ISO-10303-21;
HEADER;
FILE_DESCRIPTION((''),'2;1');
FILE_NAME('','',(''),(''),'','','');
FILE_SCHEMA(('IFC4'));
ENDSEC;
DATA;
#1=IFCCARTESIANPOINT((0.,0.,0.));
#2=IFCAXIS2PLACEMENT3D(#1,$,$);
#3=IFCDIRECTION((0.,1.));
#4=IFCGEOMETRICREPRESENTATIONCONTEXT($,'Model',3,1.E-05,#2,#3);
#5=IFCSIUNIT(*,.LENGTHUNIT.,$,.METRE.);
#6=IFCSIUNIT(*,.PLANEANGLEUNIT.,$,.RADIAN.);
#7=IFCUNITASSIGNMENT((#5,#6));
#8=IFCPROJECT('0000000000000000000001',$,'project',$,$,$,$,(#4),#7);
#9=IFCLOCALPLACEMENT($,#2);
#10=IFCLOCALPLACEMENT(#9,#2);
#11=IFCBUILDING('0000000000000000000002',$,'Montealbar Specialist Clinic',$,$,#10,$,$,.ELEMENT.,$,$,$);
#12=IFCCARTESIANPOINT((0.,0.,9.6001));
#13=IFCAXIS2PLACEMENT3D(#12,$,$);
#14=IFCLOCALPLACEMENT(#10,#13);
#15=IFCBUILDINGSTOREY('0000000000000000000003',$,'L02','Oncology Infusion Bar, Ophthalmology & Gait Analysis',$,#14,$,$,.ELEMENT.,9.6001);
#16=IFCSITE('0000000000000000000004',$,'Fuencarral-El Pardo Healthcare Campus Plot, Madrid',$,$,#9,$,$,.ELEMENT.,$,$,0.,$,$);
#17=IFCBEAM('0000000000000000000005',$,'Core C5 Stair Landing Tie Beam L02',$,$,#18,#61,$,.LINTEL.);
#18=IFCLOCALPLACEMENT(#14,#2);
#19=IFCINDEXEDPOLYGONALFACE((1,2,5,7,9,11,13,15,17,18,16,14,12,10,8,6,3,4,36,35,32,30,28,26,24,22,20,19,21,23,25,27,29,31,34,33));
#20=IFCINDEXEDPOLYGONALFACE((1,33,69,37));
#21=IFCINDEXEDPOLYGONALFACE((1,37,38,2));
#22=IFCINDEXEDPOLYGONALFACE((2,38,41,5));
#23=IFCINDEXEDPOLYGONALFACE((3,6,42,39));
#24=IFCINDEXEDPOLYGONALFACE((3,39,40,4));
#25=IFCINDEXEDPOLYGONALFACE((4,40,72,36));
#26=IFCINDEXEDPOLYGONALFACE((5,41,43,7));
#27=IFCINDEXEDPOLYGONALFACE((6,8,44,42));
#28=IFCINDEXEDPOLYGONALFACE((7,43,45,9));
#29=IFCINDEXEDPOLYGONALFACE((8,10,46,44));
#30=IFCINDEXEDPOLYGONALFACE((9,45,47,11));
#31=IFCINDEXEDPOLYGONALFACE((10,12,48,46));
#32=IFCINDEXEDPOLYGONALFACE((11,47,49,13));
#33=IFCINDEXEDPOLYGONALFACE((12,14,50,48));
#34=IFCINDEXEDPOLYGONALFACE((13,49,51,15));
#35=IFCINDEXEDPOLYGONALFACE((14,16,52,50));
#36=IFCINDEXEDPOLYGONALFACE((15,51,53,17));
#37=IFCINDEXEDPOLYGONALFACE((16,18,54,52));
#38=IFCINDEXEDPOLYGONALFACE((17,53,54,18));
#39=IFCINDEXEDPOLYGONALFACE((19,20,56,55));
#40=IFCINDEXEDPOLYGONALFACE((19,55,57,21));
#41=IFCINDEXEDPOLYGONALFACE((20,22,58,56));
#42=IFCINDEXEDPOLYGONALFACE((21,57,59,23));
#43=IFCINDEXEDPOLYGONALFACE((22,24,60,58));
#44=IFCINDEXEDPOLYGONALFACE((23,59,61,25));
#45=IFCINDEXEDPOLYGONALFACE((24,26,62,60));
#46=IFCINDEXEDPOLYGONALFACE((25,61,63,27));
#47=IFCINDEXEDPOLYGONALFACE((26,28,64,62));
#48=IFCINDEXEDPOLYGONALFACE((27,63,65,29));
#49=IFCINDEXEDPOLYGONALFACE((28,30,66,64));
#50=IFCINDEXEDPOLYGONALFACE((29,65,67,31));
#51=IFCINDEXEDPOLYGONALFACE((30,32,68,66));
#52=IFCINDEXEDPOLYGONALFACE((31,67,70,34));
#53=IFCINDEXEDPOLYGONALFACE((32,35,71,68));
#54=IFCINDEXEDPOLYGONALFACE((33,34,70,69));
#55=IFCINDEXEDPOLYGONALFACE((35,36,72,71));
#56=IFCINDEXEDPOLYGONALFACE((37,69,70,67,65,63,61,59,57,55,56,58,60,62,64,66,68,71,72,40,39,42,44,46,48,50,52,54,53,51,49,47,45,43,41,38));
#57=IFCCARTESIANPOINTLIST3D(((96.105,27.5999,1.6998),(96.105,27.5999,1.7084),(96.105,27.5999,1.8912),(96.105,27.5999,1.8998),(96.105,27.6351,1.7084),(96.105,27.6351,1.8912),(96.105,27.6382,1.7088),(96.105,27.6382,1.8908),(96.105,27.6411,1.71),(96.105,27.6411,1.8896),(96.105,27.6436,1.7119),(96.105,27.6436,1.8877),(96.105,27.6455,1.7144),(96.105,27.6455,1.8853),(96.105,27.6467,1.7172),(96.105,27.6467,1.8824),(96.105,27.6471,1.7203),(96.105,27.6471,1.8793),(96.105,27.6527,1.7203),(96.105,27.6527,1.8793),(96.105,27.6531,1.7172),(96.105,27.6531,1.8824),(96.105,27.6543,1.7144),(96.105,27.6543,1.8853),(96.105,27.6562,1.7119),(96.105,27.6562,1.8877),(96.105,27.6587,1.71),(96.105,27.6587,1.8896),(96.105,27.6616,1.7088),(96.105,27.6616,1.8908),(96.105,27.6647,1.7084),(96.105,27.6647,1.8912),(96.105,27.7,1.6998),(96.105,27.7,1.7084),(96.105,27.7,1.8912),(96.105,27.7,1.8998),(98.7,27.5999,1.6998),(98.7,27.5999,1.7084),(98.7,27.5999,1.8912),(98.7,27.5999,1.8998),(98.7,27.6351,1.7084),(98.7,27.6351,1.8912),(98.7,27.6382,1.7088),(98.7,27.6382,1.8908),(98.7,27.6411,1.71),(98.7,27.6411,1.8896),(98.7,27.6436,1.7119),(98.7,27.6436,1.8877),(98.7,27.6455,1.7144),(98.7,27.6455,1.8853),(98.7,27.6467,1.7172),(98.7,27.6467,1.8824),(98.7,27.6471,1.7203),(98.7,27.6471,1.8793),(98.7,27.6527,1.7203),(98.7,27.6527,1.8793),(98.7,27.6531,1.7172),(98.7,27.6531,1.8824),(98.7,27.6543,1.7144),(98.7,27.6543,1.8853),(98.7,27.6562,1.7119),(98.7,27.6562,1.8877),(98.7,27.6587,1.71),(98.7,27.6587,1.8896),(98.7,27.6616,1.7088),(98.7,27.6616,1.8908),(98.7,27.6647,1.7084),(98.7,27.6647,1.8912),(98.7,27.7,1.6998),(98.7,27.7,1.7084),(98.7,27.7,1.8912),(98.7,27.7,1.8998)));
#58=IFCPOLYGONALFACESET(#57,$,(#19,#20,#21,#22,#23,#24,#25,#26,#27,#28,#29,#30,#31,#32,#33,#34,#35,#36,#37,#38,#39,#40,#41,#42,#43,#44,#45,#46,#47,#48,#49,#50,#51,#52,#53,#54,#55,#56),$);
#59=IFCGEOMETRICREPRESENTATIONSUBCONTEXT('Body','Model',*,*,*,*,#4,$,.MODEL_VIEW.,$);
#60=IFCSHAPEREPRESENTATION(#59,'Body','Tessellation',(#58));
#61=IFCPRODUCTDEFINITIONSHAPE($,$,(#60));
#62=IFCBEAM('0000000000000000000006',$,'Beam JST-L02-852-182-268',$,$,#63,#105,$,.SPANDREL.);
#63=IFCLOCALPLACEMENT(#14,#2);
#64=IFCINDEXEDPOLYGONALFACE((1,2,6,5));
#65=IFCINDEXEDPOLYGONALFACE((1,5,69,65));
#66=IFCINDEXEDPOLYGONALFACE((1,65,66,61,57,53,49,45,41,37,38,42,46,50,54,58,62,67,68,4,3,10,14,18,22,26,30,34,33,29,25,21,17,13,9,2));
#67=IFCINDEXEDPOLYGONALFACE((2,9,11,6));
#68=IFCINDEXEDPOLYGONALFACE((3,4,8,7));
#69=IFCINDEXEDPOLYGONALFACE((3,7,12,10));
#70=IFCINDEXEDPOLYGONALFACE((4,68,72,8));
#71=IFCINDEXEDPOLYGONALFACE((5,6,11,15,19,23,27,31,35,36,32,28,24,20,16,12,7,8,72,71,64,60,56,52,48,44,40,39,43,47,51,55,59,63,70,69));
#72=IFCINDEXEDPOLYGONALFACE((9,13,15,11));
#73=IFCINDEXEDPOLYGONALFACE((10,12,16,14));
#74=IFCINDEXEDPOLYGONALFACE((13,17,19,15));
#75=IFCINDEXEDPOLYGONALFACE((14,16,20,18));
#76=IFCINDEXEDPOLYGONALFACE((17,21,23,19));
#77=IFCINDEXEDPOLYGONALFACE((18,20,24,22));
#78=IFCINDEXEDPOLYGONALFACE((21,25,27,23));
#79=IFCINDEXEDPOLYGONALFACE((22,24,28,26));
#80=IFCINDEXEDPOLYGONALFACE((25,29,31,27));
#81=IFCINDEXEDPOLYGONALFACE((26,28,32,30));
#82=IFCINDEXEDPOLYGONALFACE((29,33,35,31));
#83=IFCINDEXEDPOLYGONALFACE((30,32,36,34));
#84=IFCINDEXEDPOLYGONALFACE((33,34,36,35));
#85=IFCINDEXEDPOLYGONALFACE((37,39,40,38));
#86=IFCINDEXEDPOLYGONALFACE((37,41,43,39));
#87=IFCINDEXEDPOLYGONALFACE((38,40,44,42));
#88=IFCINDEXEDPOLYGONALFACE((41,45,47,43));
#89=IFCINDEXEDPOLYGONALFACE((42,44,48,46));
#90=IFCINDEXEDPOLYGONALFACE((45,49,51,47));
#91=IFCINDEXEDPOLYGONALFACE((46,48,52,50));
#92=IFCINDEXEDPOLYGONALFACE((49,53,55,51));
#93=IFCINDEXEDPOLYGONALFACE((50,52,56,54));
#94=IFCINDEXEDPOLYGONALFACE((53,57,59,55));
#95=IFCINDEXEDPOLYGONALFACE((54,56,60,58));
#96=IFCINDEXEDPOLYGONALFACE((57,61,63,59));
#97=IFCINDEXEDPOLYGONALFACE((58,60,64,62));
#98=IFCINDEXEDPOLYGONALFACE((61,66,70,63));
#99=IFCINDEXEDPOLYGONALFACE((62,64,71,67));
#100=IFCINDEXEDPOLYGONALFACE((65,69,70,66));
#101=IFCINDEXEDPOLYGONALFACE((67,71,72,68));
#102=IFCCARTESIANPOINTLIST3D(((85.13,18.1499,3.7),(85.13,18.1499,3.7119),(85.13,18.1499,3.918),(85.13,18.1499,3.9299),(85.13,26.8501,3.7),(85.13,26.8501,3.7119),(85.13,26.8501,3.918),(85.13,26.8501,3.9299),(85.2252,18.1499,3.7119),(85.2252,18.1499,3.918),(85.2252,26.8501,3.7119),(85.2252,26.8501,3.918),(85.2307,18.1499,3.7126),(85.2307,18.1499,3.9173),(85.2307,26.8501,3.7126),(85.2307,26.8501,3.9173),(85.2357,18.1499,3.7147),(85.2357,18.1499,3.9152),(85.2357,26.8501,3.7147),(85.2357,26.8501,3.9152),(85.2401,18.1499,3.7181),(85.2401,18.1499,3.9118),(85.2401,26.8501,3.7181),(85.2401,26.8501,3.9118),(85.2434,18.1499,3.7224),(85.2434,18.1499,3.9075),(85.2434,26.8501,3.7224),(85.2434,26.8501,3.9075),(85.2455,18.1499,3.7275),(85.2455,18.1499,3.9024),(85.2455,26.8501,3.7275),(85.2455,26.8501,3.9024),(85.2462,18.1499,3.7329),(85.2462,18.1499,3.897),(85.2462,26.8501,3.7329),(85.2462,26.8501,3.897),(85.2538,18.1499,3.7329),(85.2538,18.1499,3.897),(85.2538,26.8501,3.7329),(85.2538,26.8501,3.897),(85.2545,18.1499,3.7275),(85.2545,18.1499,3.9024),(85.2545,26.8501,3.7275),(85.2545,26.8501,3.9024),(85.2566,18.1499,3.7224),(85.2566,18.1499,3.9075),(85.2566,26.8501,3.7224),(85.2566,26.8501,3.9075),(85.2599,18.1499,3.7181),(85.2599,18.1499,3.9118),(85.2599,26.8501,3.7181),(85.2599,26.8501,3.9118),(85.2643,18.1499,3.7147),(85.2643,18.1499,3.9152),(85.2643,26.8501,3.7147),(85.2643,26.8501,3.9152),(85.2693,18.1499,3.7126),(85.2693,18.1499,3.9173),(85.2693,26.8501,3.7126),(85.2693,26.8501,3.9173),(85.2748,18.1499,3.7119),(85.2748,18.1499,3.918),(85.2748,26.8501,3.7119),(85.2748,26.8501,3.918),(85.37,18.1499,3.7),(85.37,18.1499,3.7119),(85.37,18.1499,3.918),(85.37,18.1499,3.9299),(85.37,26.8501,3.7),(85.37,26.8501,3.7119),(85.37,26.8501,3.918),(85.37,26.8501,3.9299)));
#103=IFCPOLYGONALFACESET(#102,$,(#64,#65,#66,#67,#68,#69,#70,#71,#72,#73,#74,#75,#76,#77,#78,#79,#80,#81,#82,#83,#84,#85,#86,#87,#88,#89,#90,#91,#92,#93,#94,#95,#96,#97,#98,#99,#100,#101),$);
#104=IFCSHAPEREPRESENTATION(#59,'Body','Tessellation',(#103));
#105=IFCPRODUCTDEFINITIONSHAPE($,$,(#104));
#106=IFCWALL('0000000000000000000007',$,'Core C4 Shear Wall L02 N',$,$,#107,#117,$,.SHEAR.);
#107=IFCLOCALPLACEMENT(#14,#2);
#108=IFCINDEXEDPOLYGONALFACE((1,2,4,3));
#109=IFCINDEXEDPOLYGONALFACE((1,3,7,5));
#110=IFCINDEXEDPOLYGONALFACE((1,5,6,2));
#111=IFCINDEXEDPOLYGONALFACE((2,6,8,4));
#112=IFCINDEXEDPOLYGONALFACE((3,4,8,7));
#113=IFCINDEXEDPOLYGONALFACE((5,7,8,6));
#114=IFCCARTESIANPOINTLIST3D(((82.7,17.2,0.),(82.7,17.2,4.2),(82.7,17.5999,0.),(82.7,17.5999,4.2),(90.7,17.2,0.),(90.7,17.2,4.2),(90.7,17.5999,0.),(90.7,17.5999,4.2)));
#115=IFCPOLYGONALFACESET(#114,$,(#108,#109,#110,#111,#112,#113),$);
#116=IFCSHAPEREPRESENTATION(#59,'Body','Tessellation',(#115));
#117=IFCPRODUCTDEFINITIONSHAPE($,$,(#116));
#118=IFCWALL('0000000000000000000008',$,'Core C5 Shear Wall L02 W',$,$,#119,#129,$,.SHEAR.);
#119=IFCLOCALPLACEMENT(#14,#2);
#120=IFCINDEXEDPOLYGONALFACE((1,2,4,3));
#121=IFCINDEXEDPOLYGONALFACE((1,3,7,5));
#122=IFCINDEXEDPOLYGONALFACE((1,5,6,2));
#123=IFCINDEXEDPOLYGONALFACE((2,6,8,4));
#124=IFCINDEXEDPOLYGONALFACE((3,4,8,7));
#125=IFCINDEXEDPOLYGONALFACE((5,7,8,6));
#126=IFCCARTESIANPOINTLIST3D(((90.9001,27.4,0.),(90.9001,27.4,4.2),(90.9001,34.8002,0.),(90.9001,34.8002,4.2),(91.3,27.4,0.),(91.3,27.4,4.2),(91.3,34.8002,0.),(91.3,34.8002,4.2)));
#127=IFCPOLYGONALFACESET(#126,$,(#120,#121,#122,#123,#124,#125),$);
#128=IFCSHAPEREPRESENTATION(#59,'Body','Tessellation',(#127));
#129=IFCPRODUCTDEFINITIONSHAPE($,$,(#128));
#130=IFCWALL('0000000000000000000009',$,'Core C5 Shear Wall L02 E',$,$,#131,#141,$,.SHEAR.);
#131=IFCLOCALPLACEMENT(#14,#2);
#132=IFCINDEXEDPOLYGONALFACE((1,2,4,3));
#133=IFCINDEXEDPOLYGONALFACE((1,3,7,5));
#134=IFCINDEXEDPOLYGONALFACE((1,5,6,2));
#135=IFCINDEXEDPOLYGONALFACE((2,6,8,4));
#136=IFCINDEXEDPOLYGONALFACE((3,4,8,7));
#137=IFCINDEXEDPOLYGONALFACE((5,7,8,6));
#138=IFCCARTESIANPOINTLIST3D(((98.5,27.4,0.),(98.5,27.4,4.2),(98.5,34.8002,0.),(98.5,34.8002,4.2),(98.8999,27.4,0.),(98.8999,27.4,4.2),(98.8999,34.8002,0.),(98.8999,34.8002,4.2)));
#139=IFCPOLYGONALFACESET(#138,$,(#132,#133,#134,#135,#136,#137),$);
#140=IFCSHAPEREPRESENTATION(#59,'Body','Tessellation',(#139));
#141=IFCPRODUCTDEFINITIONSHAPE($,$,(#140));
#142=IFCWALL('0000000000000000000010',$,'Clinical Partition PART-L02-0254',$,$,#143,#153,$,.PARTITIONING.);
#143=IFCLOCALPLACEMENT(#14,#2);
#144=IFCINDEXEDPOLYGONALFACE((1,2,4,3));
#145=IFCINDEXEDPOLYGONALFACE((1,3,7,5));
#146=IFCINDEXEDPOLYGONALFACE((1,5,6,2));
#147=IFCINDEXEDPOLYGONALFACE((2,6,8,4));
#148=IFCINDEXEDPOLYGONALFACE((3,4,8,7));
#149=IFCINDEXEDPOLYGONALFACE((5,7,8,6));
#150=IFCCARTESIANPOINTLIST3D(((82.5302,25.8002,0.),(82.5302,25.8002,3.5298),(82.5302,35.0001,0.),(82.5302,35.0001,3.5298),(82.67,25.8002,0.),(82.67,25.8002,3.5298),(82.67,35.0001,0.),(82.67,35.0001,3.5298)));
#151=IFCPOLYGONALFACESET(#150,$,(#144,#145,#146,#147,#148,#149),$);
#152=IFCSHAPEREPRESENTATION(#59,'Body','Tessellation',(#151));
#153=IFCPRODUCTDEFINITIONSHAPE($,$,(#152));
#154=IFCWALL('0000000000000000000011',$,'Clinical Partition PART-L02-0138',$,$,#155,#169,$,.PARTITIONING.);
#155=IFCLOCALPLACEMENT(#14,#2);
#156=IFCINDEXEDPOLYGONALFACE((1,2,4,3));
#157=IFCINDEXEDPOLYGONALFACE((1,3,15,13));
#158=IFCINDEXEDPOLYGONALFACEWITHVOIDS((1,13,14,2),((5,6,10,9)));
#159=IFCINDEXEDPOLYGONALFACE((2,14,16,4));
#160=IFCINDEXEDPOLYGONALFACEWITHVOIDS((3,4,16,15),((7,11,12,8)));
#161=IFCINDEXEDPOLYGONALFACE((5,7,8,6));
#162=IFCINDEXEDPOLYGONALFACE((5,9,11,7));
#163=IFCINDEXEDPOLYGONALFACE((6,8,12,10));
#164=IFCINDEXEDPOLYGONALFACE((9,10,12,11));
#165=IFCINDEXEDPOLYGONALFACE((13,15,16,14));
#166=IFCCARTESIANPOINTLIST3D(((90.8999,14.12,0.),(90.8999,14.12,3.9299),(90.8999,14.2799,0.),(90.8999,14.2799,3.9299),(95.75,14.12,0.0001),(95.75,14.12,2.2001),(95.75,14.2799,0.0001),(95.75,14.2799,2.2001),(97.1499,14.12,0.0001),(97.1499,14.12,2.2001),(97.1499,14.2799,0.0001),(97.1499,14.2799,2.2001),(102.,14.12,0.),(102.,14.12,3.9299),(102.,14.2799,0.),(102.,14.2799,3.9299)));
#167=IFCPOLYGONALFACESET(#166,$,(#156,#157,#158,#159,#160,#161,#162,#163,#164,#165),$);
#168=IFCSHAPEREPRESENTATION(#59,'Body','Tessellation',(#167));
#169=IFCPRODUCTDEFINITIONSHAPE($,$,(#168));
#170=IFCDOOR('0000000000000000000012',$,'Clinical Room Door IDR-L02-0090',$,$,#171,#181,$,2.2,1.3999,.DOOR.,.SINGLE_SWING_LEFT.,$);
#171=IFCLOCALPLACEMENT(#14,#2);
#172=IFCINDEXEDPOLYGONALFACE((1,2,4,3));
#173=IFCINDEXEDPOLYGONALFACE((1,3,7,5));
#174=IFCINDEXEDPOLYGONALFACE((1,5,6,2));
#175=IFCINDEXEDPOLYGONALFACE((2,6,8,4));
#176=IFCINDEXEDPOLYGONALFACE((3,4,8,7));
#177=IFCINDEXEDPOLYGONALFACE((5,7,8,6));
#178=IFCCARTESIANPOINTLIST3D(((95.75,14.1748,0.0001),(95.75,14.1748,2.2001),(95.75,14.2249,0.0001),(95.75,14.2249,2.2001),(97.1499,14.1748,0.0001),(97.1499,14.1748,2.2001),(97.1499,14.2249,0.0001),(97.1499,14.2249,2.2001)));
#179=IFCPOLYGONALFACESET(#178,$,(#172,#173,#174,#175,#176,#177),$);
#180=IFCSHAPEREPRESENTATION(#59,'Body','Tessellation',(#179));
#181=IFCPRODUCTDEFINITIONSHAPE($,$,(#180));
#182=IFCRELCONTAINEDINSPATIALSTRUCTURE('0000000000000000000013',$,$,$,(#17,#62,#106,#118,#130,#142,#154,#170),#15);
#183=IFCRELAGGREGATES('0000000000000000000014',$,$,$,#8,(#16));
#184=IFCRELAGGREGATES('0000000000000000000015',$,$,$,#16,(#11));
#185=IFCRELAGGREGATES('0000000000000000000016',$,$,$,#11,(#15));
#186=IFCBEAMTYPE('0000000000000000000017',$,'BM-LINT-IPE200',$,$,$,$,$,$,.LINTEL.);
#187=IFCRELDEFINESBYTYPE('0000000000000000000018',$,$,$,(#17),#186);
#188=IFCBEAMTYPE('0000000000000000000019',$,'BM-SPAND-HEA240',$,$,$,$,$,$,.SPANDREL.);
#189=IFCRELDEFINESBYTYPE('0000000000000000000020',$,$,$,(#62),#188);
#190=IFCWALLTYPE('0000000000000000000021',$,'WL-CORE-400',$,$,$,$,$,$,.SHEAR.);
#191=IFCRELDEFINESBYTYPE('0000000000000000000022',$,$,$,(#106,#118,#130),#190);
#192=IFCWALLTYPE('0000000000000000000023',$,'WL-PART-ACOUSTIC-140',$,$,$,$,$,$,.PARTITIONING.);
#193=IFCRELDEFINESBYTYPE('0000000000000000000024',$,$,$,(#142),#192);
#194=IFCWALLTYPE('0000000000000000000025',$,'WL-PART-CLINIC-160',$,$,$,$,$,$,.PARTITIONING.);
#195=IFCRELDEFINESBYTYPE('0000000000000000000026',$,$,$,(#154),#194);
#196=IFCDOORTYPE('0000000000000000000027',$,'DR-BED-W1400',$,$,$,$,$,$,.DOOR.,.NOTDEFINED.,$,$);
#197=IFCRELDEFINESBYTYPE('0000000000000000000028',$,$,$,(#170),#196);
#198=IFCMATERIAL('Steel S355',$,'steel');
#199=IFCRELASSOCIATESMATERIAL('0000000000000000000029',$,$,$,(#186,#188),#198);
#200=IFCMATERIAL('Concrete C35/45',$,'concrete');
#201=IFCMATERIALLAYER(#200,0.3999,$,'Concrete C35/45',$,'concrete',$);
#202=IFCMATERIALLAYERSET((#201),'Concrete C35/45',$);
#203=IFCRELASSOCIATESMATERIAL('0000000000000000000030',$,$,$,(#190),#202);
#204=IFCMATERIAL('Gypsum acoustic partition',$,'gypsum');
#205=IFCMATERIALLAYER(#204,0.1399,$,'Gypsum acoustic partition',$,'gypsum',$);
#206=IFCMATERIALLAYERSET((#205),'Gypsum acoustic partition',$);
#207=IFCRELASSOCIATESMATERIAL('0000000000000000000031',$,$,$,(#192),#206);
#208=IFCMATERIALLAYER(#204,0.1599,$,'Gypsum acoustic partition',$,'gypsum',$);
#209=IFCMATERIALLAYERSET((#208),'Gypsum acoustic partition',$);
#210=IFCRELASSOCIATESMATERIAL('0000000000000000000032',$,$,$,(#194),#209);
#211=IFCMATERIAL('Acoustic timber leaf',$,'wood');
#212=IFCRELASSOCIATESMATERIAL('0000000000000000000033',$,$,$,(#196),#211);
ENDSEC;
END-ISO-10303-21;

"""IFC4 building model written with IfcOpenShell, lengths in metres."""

from ifc_helpers import new_model, si_unit, direction, frame, frame_2d, origin, origin_2d, place, context, subcontext, project, spatial, rectangle, i_section, extrude, material, layer, layer_set, material_profile, profile_set, type_object, element, fill, save


model = new_model("IFC4")

# Units and contexts
model_context = context("Model", 3, precision=1e-05, world=origin(), true_north=direction((0.0, 1.0)))
body_context = subcontext(model_context, "Body", "Model", "MODEL_VIEW")
ifc_project = project(units=[si_unit("LENGTHUNIT", "METRE"), si_unit("PLANEANGLEUNIT", "RADIAN")], contexts=[model_context])

# Site, building, storey
site_placement = place(None, origin())
site = spatial("IfcSite", under=ifc_project, at=site_placement, Name="Fuencarral-El Pardo Healthcare Campus Plot, Madrid", CompositionType="ELEMENT", RefElevation=0.0)
building_placement = place(site_placement, origin())
building = spatial("IfcBuilding", under=site, at=building_placement, Name="Montealbar Specialist Clinic", CompositionType="ELEMENT")
storey_placement = place(building_placement, frame((0.0, 0.0, 9.6001)))
storey = spatial("IfcBuildingStorey", under=building, at=storey_placement, Name="L02", Description="Oncology Infusion Bar, Ophthalmology & Gait Analysis", CompositionType="ELEMENT", Elevation=9.6001)

# Shared definitions
ifc_material_1 = material(Name="Steel S355", Category="steel")

# Beams
ifc_material_profile_1 = material_profile(ifc_material_1, i_section(OverallWidth=0.1001, OverallDepth=0.2, WebThickness=0.0056, FlangeThickness=0.0085, FilletRadius=0.012, at=origin_2d()), Name="IPE 200", Category="steel")
ifc_profile_set_1 = profile_set([ifc_material_profile_1], Name="Steel S355")
beam_type_1 = type_object("IfcBeamType", Name="BM-LINT-IPE200", PredefinedType="LINTEL", material=ifc_profile_set_1)
beam_1_placement = place(storey_placement, frame((96.105, 27.6499, 1.7998), z_axis=(1.0, 0.0, 0.0), x_axis=(0.0, 1.0, 0.0)))
element("IfcBeam", 1, at=beam_1_placement, inside=storey, type_object=beam_type_1, Name="Core C5 Stair Landing Tie Beam L02", PredefinedType="LINTEL", context=body_context, shape_type="SweptSolid", body=[
    extrude(i_section(OverallWidth=0.1001, OverallDepth=0.2, WebThickness=0.0056, FlangeThickness=0.0085, FilletRadius=0.012, at=origin_2d()), origin(), (0.0, 0.0, 1.0), 2.595),
])
ifc_material_profile_2 = material_profile(ifc_material_1, i_section(OverallWidth=0.24, OverallDepth=0.23, WebThickness=0.0076, FlangeThickness=0.012, FilletRadius=0.021, at=origin_2d()), Name="HEA 240", Category="steel")
ifc_profile_set_2 = profile_set([ifc_material_profile_2], Name="Steel S355")
beam_type_2 = type_object("IfcBeamType", Name="BM-SPAND-HEA240", PredefinedType="SPANDREL", material=ifc_profile_set_2)
beam_2_placement = place(storey_placement, frame((85.25, 18.1499, 3.8149), z_axis=(0.0, 1.0, 0.0), x_axis=(-1.0, 0.0, 0.0)))
element("IfcBeam", 2, at=beam_2_placement, inside=storey, type_object=beam_type_2, Name="Beam JST-L02-852-182-268", PredefinedType="SPANDREL", context=body_context, shape_type="SweptSolid", body=[
    extrude(i_section(OverallWidth=0.24, OverallDepth=0.23, WebThickness=0.0076, FlangeThickness=0.012, FilletRadius=0.021, at=origin_2d()), origin(), (0.0, 0.0, 1.0), 8.7002),
])

# Shared definitions
ifc_material_2 = material(Name="Concrete C35/45", Category="concrete")

# Wall
ifc_layer_1 = layer(ifc_material_2, 0.3999, Name="Concrete C35/45", Category="concrete")
ifc_layer_set_1 = layer_set([ifc_layer_1], Name="Concrete C35/45")
wall_type_1 = type_object("IfcWallType", Name="WL-CORE-400", PredefinedType="SHEAR", material=ifc_layer_set_1)
wall_1_placement = place(storey_placement, frame((82.7, 17.3999, 0.0), z_axis=(0.0, 0.0, 1.0), x_axis=(1.0, 0.0, 0.0)))
element("IfcWall", 3, at=wall_1_placement, inside=storey, type_object=wall_type_1, Name="Core C4 Shear Wall L02 N", PredefinedType="SHEAR", context=body_context, shape_type="SweptSolid", body=[
    extrude(rectangle(XDim=8.0, YDim=0.3999, at=frame_2d((4.0, 0.0))), origin(), (0.0, 0.0, 1.0), 4.2),
])

# Walls
for number, where, z_axis, x_axis, name in (
    (4, (91.1001, 27.3999, 0.0), (0.0, 0.0, 1.0), (0.0, 1.0, 0.0), "Core C5 Shear Wall L02 W"),
    (5, (98.7, 27.3999, 0.0), (0.0, 0.0, 1.0), (0.0, 1.0, 0.0), "Core C5 Shear Wall L02 E"),
):
    element("IfcWall", number, at=place(storey_placement, frame(where, z_axis=z_axis, x_axis=x_axis)), inside=storey, type_object=wall_type_1, Name=name, PredefinedType="SHEAR", context=body_context, shape_type="SweptSolid", body=[
        extrude(rectangle(XDim=7.4001, YDim=0.3999, at=frame_2d((3.7002, 0.0))), origin(), (0.0, 0.0, 1.0), 4.2),
    ])
ifc_material_3 = material(Name="Gypsum acoustic partition", Category="gypsum")
ifc_layer_2 = layer(ifc_material_3, 0.1399, Name="Gypsum acoustic partition", Category="gypsum")
ifc_layer_set_2 = layer_set([ifc_layer_2], Name="Gypsum acoustic partition")
wall_type_2 = type_object("IfcWallType", Name="WL-PART-ACOUSTIC-140", PredefinedType="PARTITIONING", material=ifc_layer_set_2)
wall_2_placement = place(storey_placement, frame((82.6001, 25.8, 0.0), z_axis=(0.0, 0.0, 1.0), x_axis=(0.0, 1.0, 0.0)))
element("IfcWall", 6, at=wall_2_placement, inside=storey, type_object=wall_type_2, Name="Clinical Partition PART-L02-0254", PredefinedType="PARTITIONING", context=body_context, shape_type="SweptSolid", body=[
    extrude(rectangle(XDim=9.2, YDim=0.1399, at=frame_2d((4.6001, 0.0))), origin(), (0.0, 0.0, 1.0), 3.5298),
])

# Wall, opening, door
ifc_layer_3 = layer(ifc_material_3, 0.1599, Name="Gypsum acoustic partition", Category="gypsum")
ifc_layer_set_3 = layer_set([ifc_layer_3], Name="Gypsum acoustic partition")
wall_type_3 = type_object("IfcWallType", Name="WL-PART-CLINIC-160", PredefinedType="PARTITIONING", material=ifc_layer_set_3)
wall_3_placement = place(storey_placement, frame((90.8999, 14.2, 0.0), z_axis=(0.0, 0.0, 1.0), x_axis=(1.0, 0.0, 0.0)))
wall_3 = element("IfcWall", 7, at=wall_3_placement, inside=storey, type_object=wall_type_3, Name="Clinical Partition PART-L02-0138", PredefinedType="PARTITIONING", context=body_context, shape_type="SweptSolid", body=[
    extrude(rectangle(XDim=11.1001, YDim=0.1599, at=frame_2d((5.55, 0.0))), origin(), (0.0, 0.0, 1.0), 3.9299),
])
opening_1_placement = place(wall_3_placement, frame((4.8501, 0.0, 0.0)))
opening_1 = element("IfcOpeningElement", 8, at=opening_1_placement, cuts=wall_3, PredefinedType="OPENING", context=body_context, shape_type="SweptSolid", body=[
    extrude(rectangle(XDim=1.3999, YDim=2.2, at=frame_2d((0.7, 1.1001))), frame((0.0, 0.0898, 0.0), z_axis=(0.0, -1.0, 0.0), x_axis=(1.0, 0.0, 0.0)), (0.0, 0.0, 1.0), 0.1799),
])
ifc_material_4 = material(Name="Acoustic timber leaf", Category="wood")
door_type_1 = type_object("IfcDoorType", Name="DR-BED-W1400", OperationType="NOTDEFINED", PredefinedType="DOOR", material=ifc_material_4)
door_1_placement = place(opening_1_placement, origin())
door_1 = element("IfcDoor", 9, at=door_1_placement, inside=storey, type_object=door_type_1, Name="Clinical Room Door IDR-L02-0090", OperationType="SINGLE_SWING_LEFT", OverallHeight=2.2, OverallWidth=1.3999, PredefinedType="DOOR", context=body_context, shape_type="SweptSolid", body=[
    extrude(rectangle(XDim=1.3999, YDim=2.2, at=frame_2d((0.7, 1.1001))), frame((0.0, 0.0249, 0.0), z_axis=(0.0, -1.0, 0.0), x_axis=(1.0, 0.0, 0.0)), (0.0, 0.0, 1.0), 0.05),
])
fill(opening_1, door_1)

save(model, "model.ifc")
